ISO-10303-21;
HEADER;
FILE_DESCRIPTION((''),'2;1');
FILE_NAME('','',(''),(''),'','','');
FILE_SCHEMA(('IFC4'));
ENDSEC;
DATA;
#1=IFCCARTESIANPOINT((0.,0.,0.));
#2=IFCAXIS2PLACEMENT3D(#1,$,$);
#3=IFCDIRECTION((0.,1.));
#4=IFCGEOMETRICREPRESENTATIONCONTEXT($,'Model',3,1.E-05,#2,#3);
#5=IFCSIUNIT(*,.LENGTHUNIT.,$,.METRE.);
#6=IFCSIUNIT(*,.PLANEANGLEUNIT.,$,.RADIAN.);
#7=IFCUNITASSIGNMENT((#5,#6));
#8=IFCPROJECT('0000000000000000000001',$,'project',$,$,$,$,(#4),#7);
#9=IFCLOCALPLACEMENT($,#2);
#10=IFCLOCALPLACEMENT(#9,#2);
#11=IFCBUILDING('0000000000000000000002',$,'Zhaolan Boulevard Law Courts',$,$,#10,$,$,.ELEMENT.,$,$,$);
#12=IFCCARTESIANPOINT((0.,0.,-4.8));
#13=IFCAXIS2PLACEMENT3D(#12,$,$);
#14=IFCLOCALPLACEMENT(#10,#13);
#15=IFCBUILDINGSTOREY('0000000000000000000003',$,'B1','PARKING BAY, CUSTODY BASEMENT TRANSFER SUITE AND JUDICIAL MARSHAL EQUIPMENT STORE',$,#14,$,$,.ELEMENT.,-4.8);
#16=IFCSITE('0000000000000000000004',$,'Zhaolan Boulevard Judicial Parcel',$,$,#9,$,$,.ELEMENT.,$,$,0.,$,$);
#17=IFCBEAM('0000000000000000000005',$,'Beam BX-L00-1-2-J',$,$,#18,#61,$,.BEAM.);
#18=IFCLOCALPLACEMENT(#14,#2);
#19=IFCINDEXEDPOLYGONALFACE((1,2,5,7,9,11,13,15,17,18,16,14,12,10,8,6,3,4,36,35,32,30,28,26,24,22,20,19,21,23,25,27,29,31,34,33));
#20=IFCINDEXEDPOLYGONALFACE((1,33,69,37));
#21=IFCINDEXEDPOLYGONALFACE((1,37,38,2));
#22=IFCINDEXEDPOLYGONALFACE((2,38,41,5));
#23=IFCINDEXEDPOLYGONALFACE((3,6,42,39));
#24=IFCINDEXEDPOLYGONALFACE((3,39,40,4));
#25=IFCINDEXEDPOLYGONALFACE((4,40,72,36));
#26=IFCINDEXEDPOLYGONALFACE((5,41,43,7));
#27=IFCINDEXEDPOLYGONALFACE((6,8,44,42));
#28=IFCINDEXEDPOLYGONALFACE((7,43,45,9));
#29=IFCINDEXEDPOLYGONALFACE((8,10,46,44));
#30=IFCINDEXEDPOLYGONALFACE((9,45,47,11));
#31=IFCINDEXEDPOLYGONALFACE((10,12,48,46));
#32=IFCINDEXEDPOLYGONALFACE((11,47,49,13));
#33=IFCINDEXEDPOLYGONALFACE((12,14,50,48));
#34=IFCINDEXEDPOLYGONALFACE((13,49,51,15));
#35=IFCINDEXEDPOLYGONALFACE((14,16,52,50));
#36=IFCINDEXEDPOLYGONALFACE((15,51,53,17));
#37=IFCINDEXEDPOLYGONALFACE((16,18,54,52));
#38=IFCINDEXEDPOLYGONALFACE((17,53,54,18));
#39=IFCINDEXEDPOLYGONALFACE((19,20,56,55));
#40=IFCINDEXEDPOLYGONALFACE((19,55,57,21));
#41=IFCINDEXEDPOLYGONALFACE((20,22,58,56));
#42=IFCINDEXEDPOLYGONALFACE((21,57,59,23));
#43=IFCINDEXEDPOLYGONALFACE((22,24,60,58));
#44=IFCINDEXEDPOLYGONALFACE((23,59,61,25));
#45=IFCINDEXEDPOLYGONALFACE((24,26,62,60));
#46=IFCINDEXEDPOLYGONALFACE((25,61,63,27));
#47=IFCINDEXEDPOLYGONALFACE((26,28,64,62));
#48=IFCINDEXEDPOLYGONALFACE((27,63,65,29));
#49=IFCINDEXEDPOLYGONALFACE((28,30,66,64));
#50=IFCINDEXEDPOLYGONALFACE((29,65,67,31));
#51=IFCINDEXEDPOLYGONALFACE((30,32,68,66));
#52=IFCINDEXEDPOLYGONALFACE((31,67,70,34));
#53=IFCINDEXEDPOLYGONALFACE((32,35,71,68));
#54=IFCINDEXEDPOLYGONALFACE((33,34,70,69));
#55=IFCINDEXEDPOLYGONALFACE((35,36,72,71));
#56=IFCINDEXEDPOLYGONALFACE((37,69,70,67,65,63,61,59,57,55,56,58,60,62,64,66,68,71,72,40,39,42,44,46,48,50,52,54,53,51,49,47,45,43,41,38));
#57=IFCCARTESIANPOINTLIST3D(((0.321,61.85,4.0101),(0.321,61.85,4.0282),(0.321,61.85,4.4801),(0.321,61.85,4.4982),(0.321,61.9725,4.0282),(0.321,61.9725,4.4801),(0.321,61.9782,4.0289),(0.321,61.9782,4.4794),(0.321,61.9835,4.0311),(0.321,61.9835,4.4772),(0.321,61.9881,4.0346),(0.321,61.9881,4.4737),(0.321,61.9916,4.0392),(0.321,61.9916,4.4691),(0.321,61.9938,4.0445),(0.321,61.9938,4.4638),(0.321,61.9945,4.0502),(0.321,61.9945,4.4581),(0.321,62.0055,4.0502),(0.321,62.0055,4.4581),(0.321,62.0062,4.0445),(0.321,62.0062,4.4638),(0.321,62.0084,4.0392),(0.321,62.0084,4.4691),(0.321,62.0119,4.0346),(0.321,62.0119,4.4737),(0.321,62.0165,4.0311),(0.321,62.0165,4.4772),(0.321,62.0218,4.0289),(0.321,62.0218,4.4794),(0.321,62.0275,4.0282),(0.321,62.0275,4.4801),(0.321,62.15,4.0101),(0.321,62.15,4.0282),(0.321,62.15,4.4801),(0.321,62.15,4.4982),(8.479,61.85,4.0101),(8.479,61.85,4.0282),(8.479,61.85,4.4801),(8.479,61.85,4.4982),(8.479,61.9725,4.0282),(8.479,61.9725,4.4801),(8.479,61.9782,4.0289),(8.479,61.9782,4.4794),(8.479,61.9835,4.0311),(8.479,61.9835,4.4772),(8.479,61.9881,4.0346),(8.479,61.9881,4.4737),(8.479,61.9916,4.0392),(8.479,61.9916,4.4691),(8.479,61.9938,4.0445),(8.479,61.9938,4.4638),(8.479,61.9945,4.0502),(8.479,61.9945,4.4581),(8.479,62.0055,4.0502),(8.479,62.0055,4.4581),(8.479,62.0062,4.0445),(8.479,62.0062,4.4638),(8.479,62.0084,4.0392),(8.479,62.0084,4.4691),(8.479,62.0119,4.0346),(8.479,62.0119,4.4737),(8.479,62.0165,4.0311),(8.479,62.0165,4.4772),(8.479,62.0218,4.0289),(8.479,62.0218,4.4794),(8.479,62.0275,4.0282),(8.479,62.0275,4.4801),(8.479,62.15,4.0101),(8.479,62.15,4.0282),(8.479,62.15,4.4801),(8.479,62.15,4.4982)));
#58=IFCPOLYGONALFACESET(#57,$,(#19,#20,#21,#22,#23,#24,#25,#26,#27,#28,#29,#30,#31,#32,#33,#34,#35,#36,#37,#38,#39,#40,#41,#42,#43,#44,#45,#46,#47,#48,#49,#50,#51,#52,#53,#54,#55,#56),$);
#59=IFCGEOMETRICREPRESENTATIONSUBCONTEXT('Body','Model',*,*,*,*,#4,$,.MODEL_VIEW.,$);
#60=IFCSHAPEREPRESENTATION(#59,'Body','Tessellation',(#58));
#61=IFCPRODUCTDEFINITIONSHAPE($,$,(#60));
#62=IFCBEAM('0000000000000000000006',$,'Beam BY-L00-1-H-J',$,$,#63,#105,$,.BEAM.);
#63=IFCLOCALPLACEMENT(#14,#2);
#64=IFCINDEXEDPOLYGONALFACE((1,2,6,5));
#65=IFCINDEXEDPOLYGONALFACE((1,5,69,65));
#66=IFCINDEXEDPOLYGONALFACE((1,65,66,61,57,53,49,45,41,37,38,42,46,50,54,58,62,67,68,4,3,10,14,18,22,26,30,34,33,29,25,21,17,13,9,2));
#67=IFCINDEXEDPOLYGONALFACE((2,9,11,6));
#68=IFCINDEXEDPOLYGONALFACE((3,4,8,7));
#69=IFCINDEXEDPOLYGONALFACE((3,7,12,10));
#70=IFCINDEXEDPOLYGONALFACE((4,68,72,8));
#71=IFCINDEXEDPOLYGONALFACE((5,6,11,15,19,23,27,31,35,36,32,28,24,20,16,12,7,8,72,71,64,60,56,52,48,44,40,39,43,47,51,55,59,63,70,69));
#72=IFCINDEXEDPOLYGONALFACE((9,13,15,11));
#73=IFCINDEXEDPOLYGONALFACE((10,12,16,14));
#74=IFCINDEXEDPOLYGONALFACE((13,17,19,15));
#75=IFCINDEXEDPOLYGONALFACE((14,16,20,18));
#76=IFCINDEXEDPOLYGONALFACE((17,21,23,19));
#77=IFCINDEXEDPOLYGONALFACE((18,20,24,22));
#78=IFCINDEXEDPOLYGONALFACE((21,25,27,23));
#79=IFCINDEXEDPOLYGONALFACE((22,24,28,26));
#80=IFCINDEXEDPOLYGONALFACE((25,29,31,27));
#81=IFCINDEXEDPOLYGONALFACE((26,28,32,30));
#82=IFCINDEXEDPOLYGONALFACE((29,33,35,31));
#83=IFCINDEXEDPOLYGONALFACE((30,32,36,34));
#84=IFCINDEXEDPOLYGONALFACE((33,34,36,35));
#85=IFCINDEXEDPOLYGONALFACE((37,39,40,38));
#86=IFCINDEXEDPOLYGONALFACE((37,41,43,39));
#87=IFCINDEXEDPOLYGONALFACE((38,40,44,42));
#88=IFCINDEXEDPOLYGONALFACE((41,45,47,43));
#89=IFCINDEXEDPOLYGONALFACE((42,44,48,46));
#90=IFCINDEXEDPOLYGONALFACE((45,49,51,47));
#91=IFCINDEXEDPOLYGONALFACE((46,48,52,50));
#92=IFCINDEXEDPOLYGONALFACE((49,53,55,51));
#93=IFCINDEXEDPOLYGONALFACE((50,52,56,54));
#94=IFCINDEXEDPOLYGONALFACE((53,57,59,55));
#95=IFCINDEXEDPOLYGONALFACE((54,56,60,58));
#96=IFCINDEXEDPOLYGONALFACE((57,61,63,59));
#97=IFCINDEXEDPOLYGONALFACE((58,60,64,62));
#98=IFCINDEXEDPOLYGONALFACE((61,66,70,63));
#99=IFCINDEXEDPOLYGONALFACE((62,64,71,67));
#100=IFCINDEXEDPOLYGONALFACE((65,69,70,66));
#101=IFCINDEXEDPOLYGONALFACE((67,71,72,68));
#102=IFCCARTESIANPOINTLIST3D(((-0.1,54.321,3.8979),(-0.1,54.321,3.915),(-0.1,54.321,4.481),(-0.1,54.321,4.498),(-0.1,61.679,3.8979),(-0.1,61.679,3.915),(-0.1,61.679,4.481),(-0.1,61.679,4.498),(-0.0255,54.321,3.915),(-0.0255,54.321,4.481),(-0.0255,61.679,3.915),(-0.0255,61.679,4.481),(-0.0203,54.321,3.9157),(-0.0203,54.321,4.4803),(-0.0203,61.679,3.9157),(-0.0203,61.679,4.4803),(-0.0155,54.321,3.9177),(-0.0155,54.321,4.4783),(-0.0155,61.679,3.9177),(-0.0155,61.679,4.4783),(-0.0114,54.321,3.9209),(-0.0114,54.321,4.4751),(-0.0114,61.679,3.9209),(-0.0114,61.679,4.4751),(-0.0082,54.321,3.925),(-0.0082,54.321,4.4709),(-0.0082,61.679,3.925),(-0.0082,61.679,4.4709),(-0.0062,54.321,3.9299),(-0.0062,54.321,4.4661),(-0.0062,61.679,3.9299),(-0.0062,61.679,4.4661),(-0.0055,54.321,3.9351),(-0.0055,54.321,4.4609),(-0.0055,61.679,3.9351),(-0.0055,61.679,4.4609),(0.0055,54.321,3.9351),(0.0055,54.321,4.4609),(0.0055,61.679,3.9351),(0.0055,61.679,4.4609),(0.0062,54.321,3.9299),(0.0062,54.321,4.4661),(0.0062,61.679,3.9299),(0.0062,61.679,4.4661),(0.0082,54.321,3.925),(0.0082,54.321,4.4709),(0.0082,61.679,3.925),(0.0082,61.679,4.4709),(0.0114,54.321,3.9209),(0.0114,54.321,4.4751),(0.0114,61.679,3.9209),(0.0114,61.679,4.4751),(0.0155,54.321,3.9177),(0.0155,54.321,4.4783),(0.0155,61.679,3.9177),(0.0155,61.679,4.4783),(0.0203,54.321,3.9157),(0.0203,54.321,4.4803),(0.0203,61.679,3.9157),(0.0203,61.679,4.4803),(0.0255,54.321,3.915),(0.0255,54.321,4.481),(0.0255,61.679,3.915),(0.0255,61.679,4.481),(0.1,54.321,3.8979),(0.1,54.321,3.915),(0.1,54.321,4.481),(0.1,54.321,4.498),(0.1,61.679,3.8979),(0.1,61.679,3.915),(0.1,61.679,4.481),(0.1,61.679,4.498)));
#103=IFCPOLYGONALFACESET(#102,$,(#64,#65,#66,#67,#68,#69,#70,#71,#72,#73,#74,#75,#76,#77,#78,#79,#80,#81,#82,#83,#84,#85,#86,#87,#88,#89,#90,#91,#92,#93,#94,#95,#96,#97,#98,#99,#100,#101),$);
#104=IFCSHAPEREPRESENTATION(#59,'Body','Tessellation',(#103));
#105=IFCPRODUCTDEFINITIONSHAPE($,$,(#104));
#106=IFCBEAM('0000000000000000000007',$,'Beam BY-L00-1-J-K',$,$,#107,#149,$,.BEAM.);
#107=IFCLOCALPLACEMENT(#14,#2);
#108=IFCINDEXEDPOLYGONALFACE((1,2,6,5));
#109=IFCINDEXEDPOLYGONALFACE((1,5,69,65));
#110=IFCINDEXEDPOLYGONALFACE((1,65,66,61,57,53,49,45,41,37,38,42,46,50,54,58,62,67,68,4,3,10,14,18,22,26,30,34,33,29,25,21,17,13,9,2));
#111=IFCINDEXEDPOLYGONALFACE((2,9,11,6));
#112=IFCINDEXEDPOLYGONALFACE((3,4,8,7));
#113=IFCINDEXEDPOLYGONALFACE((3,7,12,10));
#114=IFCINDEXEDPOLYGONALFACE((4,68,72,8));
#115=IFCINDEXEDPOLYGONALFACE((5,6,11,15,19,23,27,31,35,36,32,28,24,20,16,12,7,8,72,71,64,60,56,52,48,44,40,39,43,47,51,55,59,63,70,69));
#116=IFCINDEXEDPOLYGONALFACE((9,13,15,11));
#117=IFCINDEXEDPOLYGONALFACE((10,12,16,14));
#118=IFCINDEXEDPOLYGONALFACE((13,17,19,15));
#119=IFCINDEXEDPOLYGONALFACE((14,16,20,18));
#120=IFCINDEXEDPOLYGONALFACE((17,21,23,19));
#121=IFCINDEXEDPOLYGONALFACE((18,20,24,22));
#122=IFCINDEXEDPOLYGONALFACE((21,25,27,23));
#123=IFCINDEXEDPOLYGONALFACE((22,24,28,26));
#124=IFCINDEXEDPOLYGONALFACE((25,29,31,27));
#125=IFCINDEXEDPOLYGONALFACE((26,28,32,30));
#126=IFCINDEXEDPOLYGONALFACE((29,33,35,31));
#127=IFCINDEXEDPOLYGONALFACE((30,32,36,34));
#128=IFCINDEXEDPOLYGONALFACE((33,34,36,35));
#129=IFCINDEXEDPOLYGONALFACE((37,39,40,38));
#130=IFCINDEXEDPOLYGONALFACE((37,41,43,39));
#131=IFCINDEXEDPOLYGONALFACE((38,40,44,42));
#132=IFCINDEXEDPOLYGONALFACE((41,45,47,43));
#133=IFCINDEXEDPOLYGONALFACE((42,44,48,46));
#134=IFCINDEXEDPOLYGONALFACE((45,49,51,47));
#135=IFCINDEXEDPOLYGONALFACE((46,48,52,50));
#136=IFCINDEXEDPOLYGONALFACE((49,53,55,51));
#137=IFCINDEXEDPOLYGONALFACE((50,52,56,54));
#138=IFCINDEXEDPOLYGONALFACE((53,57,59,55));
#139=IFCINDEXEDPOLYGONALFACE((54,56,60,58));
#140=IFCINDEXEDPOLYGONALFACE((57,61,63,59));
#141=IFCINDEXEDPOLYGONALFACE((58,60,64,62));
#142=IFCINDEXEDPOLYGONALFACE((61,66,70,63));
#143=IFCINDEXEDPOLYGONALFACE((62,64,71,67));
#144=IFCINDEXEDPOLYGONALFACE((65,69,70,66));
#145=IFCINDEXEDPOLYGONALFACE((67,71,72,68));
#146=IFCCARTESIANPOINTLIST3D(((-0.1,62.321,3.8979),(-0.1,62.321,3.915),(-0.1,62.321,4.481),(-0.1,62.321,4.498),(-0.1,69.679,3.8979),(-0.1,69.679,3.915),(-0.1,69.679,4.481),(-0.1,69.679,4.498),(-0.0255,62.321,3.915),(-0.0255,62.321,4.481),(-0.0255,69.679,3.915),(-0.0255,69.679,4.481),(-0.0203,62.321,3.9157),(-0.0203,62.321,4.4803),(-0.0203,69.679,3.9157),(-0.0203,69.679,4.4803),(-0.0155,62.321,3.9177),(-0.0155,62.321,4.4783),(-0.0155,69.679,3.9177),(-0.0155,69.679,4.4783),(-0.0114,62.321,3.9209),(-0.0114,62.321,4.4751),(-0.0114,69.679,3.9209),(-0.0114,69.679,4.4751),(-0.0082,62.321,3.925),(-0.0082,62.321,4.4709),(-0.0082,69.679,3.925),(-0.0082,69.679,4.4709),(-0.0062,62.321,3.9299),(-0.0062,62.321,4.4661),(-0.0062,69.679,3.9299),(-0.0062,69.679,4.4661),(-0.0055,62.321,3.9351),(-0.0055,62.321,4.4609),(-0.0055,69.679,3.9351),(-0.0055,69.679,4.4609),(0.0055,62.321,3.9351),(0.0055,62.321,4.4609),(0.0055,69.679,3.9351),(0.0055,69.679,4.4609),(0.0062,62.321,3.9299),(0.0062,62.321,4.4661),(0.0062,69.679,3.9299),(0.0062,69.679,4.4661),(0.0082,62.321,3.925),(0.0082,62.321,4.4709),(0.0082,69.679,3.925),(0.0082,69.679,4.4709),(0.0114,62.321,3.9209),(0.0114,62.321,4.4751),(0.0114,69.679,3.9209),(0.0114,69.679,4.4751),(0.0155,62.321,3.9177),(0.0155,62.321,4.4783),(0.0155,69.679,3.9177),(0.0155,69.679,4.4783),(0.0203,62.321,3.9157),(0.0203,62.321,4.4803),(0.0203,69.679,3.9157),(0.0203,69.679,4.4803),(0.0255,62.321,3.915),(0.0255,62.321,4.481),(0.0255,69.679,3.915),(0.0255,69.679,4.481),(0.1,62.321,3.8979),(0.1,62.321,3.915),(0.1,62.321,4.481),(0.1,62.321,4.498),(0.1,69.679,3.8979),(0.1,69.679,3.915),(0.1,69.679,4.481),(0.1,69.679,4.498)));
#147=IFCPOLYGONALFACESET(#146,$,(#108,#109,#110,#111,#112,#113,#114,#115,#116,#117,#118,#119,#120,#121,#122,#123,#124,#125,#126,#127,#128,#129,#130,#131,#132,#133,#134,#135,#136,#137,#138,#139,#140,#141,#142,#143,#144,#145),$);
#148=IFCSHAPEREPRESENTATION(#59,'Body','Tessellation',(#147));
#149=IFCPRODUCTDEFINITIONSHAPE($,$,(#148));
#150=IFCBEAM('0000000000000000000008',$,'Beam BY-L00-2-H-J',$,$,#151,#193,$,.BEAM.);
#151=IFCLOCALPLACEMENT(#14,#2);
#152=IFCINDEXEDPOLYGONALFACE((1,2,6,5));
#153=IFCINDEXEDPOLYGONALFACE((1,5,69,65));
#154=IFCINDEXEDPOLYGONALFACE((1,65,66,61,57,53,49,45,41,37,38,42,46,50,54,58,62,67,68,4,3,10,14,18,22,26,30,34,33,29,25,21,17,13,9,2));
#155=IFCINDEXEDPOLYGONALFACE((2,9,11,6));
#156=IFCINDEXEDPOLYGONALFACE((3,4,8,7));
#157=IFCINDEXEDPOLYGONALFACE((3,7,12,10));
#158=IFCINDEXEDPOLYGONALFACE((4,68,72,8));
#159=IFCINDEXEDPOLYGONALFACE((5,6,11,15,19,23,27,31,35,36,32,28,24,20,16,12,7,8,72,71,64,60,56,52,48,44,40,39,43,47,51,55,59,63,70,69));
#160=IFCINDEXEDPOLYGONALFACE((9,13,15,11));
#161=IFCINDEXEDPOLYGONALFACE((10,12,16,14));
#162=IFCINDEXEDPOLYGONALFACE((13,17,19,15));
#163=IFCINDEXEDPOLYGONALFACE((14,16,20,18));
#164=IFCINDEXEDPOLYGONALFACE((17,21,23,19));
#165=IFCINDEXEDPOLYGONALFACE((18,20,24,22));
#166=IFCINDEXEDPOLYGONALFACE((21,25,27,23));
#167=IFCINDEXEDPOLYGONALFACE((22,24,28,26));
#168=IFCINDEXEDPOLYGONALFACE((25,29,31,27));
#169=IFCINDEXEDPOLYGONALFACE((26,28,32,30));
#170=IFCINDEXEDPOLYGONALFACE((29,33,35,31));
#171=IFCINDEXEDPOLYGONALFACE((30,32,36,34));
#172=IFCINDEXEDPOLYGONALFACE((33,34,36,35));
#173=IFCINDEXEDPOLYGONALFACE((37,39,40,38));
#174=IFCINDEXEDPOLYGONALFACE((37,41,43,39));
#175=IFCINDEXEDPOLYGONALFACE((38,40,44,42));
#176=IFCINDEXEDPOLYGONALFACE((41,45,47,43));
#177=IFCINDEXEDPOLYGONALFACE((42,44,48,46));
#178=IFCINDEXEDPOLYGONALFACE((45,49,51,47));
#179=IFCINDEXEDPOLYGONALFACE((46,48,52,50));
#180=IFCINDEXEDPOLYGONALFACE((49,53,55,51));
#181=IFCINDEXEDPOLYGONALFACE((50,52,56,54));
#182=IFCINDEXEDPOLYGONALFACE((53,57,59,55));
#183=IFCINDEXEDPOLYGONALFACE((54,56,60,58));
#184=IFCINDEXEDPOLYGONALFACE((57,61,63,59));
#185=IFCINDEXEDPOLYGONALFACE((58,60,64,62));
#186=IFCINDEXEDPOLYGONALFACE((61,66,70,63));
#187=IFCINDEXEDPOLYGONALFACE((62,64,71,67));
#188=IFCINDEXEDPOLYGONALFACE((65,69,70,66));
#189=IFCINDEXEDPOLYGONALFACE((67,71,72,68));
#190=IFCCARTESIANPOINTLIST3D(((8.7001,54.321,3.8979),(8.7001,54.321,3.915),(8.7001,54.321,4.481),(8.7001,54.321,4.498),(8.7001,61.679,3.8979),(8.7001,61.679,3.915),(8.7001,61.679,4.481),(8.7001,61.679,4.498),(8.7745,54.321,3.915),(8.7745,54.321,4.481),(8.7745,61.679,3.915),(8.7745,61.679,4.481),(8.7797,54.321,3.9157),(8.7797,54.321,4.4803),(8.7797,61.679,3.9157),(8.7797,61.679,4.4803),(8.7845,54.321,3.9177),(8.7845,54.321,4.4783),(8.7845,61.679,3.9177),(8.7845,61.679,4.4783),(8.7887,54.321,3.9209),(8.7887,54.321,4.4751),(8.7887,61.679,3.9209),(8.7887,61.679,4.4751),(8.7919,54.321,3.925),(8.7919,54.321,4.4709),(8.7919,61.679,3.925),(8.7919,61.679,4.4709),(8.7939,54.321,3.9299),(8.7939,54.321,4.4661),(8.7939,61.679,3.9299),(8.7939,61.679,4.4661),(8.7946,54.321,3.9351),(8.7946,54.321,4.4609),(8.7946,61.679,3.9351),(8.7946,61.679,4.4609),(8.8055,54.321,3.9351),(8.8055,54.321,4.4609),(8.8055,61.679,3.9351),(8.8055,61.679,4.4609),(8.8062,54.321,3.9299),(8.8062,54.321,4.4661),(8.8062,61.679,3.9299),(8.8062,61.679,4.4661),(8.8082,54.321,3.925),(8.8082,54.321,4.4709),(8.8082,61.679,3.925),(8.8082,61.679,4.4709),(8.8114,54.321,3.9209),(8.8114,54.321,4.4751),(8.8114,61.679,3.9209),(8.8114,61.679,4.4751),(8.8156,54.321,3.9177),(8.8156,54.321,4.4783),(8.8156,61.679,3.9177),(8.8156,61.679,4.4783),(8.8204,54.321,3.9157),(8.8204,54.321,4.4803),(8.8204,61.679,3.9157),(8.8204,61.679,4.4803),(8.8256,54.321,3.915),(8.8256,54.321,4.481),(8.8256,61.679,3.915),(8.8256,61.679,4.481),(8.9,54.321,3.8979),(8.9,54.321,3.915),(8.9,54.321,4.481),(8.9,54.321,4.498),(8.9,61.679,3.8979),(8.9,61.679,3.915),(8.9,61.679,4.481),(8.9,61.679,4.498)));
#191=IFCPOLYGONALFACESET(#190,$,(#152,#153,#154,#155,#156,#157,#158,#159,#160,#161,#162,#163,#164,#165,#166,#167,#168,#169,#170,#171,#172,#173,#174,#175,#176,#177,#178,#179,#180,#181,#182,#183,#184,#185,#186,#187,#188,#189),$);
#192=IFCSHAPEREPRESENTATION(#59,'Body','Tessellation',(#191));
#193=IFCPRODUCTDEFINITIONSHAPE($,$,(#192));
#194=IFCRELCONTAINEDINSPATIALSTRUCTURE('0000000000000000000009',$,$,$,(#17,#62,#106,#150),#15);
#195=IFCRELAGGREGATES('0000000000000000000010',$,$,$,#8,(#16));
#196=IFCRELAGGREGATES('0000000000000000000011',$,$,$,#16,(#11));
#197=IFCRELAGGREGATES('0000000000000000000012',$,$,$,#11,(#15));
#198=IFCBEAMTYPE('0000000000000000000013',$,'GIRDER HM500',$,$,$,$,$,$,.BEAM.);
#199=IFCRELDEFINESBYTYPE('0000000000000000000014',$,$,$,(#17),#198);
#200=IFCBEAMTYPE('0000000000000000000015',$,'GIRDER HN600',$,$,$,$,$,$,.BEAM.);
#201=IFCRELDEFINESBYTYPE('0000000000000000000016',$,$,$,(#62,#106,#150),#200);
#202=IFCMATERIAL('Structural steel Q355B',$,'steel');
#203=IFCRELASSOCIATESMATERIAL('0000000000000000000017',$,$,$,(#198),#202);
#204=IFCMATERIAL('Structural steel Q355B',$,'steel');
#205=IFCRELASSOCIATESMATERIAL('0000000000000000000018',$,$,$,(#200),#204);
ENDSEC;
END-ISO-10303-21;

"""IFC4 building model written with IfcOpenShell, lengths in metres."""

from ifc_helpers import new_model, si_unit, direction, frame, origin, origin_2d, place, context, subcontext, project, spatial, i_section, extrude, material, material_profile, profile_set, type_object, element, save


model = new_model("IFC4")

# Units and contexts
model_context = context("Model", 3, precision=1e-05, world=origin(), true_north=direction((0.0, 1.0)))
body_context = subcontext(model_context, "Body", "Model", "MODEL_VIEW")
ifc_project = project(units=[si_unit("LENGTHUNIT", "METRE"), si_unit("PLANEANGLEUNIT", "RADIAN")], contexts=[model_context])

# Site, building, storey
site_placement = place(None, origin())
site = spatial("IfcSite", under=ifc_project, at=site_placement, Name="Zhaolan Boulevard Judicial Parcel", CompositionType="ELEMENT", RefElevation=0.0)
building_placement = place(site_placement, origin())
building = spatial("IfcBuilding", under=site, at=building_placement, Name="Zhaolan Boulevard Law Courts", CompositionType="ELEMENT")
storey_placement = place(building_placement, frame((0.0, 0.0, -4.8)))
storey = spatial("IfcBuildingStorey", under=building, at=storey_placement, Name="B1", Description="PARKING BAY, CUSTODY BASEMENT TRANSFER SUITE AND JUDICIAL MARSHAL EQUIPMENT STORE", CompositionType="ELEMENT", Elevation=-4.8)

# Beams
ifc_material_1 = material(Name="Structural steel Q355B", Category="steel")
ifc_material_profile_1 = material_profile(ifc_material_1, i_section(OverallWidth=0.3, OverallDepth=0.488, WebThickness=0.011, FlangeThickness=0.0181, FilletRadius=0.022, at=origin_2d()), Name="HM488x300")
ifc_profile_set_1 = profile_set([ifc_material_profile_1], Name="Structural steel Q355B")
beam_type_1 = type_object("IfcBeamType", Name="GIRDER HM500", PredefinedType="BEAM", material=ifc_profile_set_1)
beam_1_placement = place(storey_placement, frame((0.321, 62.0, 4.2542), z_axis=(1.0, 0.0, 0.0), x_axis=(0.0, 1.0, 0.0)))
element("IfcBeam", 1, at=beam_1_placement, inside=storey, type_object=beam_type_1, Name="Beam BX-L00-1-2-J", PredefinedType="BEAM", context=body_context, shape_type="SweptSolid", body=[
    extrude(i_section(OverallWidth=0.3, OverallDepth=0.488, WebThickness=0.011, FlangeThickness=0.0181, FilletRadius=0.022, at=origin_2d()), origin(), (0.0, 0.0, 1.0), 8.158),
])
ifc_material_2 = material(Name="Structural steel Q355B", Category="steel")
ifc_material_profile_2 = material_profile(ifc_material_2, i_section(OverallWidth=0.2, OverallDepth=0.6001, WebThickness=0.011, FlangeThickness=0.0171, FilletRadius=0.02, at=origin_2d()), Name="HN600x200")
ifc_profile_set_2 = profile_set([ifc_material_profile_2], Name="Structural steel Q355B")
beam_type_2 = type_object("IfcBeamType", Name="GIRDER HN600", PredefinedType="BEAM", material=ifc_profile_set_2)
for number, where, z_axis, x_axis, name in (
    (2, (0.0, 54.321, 4.198), (0.0, 1.0, 0.0), (-1.0, 0.0, 0.0), "Beam BY-L00-1-H-J"),
    (3, (0.0, 62.321, 4.198), (0.0, 1.0, 0.0), (-1.0, 0.0, 0.0), "Beam BY-L00-1-J-K"),
    (4, (8.8, 54.321, 4.198), (0.0, 1.0, 0.0), (-1.0, 0.0, 0.0), "Beam BY-L00-2-H-J"),
):
    element("IfcBeam", number, at=place(storey_placement, frame(where, z_axis=z_axis, x_axis=x_axis)), inside=storey, type_object=beam_type_2, Name=name, PredefinedType="BEAM", context=body_context, shape_type="SweptSolid", body=[
        extrude(i_section(OverallWidth=0.2, OverallDepth=0.6001, WebThickness=0.011, FlangeThickness=0.0171, FilletRadius=0.02, at=origin_2d()), origin(), (0.0, 0.0, 1.0), 7.3579),
    ])

save(model, "model.ifc")
